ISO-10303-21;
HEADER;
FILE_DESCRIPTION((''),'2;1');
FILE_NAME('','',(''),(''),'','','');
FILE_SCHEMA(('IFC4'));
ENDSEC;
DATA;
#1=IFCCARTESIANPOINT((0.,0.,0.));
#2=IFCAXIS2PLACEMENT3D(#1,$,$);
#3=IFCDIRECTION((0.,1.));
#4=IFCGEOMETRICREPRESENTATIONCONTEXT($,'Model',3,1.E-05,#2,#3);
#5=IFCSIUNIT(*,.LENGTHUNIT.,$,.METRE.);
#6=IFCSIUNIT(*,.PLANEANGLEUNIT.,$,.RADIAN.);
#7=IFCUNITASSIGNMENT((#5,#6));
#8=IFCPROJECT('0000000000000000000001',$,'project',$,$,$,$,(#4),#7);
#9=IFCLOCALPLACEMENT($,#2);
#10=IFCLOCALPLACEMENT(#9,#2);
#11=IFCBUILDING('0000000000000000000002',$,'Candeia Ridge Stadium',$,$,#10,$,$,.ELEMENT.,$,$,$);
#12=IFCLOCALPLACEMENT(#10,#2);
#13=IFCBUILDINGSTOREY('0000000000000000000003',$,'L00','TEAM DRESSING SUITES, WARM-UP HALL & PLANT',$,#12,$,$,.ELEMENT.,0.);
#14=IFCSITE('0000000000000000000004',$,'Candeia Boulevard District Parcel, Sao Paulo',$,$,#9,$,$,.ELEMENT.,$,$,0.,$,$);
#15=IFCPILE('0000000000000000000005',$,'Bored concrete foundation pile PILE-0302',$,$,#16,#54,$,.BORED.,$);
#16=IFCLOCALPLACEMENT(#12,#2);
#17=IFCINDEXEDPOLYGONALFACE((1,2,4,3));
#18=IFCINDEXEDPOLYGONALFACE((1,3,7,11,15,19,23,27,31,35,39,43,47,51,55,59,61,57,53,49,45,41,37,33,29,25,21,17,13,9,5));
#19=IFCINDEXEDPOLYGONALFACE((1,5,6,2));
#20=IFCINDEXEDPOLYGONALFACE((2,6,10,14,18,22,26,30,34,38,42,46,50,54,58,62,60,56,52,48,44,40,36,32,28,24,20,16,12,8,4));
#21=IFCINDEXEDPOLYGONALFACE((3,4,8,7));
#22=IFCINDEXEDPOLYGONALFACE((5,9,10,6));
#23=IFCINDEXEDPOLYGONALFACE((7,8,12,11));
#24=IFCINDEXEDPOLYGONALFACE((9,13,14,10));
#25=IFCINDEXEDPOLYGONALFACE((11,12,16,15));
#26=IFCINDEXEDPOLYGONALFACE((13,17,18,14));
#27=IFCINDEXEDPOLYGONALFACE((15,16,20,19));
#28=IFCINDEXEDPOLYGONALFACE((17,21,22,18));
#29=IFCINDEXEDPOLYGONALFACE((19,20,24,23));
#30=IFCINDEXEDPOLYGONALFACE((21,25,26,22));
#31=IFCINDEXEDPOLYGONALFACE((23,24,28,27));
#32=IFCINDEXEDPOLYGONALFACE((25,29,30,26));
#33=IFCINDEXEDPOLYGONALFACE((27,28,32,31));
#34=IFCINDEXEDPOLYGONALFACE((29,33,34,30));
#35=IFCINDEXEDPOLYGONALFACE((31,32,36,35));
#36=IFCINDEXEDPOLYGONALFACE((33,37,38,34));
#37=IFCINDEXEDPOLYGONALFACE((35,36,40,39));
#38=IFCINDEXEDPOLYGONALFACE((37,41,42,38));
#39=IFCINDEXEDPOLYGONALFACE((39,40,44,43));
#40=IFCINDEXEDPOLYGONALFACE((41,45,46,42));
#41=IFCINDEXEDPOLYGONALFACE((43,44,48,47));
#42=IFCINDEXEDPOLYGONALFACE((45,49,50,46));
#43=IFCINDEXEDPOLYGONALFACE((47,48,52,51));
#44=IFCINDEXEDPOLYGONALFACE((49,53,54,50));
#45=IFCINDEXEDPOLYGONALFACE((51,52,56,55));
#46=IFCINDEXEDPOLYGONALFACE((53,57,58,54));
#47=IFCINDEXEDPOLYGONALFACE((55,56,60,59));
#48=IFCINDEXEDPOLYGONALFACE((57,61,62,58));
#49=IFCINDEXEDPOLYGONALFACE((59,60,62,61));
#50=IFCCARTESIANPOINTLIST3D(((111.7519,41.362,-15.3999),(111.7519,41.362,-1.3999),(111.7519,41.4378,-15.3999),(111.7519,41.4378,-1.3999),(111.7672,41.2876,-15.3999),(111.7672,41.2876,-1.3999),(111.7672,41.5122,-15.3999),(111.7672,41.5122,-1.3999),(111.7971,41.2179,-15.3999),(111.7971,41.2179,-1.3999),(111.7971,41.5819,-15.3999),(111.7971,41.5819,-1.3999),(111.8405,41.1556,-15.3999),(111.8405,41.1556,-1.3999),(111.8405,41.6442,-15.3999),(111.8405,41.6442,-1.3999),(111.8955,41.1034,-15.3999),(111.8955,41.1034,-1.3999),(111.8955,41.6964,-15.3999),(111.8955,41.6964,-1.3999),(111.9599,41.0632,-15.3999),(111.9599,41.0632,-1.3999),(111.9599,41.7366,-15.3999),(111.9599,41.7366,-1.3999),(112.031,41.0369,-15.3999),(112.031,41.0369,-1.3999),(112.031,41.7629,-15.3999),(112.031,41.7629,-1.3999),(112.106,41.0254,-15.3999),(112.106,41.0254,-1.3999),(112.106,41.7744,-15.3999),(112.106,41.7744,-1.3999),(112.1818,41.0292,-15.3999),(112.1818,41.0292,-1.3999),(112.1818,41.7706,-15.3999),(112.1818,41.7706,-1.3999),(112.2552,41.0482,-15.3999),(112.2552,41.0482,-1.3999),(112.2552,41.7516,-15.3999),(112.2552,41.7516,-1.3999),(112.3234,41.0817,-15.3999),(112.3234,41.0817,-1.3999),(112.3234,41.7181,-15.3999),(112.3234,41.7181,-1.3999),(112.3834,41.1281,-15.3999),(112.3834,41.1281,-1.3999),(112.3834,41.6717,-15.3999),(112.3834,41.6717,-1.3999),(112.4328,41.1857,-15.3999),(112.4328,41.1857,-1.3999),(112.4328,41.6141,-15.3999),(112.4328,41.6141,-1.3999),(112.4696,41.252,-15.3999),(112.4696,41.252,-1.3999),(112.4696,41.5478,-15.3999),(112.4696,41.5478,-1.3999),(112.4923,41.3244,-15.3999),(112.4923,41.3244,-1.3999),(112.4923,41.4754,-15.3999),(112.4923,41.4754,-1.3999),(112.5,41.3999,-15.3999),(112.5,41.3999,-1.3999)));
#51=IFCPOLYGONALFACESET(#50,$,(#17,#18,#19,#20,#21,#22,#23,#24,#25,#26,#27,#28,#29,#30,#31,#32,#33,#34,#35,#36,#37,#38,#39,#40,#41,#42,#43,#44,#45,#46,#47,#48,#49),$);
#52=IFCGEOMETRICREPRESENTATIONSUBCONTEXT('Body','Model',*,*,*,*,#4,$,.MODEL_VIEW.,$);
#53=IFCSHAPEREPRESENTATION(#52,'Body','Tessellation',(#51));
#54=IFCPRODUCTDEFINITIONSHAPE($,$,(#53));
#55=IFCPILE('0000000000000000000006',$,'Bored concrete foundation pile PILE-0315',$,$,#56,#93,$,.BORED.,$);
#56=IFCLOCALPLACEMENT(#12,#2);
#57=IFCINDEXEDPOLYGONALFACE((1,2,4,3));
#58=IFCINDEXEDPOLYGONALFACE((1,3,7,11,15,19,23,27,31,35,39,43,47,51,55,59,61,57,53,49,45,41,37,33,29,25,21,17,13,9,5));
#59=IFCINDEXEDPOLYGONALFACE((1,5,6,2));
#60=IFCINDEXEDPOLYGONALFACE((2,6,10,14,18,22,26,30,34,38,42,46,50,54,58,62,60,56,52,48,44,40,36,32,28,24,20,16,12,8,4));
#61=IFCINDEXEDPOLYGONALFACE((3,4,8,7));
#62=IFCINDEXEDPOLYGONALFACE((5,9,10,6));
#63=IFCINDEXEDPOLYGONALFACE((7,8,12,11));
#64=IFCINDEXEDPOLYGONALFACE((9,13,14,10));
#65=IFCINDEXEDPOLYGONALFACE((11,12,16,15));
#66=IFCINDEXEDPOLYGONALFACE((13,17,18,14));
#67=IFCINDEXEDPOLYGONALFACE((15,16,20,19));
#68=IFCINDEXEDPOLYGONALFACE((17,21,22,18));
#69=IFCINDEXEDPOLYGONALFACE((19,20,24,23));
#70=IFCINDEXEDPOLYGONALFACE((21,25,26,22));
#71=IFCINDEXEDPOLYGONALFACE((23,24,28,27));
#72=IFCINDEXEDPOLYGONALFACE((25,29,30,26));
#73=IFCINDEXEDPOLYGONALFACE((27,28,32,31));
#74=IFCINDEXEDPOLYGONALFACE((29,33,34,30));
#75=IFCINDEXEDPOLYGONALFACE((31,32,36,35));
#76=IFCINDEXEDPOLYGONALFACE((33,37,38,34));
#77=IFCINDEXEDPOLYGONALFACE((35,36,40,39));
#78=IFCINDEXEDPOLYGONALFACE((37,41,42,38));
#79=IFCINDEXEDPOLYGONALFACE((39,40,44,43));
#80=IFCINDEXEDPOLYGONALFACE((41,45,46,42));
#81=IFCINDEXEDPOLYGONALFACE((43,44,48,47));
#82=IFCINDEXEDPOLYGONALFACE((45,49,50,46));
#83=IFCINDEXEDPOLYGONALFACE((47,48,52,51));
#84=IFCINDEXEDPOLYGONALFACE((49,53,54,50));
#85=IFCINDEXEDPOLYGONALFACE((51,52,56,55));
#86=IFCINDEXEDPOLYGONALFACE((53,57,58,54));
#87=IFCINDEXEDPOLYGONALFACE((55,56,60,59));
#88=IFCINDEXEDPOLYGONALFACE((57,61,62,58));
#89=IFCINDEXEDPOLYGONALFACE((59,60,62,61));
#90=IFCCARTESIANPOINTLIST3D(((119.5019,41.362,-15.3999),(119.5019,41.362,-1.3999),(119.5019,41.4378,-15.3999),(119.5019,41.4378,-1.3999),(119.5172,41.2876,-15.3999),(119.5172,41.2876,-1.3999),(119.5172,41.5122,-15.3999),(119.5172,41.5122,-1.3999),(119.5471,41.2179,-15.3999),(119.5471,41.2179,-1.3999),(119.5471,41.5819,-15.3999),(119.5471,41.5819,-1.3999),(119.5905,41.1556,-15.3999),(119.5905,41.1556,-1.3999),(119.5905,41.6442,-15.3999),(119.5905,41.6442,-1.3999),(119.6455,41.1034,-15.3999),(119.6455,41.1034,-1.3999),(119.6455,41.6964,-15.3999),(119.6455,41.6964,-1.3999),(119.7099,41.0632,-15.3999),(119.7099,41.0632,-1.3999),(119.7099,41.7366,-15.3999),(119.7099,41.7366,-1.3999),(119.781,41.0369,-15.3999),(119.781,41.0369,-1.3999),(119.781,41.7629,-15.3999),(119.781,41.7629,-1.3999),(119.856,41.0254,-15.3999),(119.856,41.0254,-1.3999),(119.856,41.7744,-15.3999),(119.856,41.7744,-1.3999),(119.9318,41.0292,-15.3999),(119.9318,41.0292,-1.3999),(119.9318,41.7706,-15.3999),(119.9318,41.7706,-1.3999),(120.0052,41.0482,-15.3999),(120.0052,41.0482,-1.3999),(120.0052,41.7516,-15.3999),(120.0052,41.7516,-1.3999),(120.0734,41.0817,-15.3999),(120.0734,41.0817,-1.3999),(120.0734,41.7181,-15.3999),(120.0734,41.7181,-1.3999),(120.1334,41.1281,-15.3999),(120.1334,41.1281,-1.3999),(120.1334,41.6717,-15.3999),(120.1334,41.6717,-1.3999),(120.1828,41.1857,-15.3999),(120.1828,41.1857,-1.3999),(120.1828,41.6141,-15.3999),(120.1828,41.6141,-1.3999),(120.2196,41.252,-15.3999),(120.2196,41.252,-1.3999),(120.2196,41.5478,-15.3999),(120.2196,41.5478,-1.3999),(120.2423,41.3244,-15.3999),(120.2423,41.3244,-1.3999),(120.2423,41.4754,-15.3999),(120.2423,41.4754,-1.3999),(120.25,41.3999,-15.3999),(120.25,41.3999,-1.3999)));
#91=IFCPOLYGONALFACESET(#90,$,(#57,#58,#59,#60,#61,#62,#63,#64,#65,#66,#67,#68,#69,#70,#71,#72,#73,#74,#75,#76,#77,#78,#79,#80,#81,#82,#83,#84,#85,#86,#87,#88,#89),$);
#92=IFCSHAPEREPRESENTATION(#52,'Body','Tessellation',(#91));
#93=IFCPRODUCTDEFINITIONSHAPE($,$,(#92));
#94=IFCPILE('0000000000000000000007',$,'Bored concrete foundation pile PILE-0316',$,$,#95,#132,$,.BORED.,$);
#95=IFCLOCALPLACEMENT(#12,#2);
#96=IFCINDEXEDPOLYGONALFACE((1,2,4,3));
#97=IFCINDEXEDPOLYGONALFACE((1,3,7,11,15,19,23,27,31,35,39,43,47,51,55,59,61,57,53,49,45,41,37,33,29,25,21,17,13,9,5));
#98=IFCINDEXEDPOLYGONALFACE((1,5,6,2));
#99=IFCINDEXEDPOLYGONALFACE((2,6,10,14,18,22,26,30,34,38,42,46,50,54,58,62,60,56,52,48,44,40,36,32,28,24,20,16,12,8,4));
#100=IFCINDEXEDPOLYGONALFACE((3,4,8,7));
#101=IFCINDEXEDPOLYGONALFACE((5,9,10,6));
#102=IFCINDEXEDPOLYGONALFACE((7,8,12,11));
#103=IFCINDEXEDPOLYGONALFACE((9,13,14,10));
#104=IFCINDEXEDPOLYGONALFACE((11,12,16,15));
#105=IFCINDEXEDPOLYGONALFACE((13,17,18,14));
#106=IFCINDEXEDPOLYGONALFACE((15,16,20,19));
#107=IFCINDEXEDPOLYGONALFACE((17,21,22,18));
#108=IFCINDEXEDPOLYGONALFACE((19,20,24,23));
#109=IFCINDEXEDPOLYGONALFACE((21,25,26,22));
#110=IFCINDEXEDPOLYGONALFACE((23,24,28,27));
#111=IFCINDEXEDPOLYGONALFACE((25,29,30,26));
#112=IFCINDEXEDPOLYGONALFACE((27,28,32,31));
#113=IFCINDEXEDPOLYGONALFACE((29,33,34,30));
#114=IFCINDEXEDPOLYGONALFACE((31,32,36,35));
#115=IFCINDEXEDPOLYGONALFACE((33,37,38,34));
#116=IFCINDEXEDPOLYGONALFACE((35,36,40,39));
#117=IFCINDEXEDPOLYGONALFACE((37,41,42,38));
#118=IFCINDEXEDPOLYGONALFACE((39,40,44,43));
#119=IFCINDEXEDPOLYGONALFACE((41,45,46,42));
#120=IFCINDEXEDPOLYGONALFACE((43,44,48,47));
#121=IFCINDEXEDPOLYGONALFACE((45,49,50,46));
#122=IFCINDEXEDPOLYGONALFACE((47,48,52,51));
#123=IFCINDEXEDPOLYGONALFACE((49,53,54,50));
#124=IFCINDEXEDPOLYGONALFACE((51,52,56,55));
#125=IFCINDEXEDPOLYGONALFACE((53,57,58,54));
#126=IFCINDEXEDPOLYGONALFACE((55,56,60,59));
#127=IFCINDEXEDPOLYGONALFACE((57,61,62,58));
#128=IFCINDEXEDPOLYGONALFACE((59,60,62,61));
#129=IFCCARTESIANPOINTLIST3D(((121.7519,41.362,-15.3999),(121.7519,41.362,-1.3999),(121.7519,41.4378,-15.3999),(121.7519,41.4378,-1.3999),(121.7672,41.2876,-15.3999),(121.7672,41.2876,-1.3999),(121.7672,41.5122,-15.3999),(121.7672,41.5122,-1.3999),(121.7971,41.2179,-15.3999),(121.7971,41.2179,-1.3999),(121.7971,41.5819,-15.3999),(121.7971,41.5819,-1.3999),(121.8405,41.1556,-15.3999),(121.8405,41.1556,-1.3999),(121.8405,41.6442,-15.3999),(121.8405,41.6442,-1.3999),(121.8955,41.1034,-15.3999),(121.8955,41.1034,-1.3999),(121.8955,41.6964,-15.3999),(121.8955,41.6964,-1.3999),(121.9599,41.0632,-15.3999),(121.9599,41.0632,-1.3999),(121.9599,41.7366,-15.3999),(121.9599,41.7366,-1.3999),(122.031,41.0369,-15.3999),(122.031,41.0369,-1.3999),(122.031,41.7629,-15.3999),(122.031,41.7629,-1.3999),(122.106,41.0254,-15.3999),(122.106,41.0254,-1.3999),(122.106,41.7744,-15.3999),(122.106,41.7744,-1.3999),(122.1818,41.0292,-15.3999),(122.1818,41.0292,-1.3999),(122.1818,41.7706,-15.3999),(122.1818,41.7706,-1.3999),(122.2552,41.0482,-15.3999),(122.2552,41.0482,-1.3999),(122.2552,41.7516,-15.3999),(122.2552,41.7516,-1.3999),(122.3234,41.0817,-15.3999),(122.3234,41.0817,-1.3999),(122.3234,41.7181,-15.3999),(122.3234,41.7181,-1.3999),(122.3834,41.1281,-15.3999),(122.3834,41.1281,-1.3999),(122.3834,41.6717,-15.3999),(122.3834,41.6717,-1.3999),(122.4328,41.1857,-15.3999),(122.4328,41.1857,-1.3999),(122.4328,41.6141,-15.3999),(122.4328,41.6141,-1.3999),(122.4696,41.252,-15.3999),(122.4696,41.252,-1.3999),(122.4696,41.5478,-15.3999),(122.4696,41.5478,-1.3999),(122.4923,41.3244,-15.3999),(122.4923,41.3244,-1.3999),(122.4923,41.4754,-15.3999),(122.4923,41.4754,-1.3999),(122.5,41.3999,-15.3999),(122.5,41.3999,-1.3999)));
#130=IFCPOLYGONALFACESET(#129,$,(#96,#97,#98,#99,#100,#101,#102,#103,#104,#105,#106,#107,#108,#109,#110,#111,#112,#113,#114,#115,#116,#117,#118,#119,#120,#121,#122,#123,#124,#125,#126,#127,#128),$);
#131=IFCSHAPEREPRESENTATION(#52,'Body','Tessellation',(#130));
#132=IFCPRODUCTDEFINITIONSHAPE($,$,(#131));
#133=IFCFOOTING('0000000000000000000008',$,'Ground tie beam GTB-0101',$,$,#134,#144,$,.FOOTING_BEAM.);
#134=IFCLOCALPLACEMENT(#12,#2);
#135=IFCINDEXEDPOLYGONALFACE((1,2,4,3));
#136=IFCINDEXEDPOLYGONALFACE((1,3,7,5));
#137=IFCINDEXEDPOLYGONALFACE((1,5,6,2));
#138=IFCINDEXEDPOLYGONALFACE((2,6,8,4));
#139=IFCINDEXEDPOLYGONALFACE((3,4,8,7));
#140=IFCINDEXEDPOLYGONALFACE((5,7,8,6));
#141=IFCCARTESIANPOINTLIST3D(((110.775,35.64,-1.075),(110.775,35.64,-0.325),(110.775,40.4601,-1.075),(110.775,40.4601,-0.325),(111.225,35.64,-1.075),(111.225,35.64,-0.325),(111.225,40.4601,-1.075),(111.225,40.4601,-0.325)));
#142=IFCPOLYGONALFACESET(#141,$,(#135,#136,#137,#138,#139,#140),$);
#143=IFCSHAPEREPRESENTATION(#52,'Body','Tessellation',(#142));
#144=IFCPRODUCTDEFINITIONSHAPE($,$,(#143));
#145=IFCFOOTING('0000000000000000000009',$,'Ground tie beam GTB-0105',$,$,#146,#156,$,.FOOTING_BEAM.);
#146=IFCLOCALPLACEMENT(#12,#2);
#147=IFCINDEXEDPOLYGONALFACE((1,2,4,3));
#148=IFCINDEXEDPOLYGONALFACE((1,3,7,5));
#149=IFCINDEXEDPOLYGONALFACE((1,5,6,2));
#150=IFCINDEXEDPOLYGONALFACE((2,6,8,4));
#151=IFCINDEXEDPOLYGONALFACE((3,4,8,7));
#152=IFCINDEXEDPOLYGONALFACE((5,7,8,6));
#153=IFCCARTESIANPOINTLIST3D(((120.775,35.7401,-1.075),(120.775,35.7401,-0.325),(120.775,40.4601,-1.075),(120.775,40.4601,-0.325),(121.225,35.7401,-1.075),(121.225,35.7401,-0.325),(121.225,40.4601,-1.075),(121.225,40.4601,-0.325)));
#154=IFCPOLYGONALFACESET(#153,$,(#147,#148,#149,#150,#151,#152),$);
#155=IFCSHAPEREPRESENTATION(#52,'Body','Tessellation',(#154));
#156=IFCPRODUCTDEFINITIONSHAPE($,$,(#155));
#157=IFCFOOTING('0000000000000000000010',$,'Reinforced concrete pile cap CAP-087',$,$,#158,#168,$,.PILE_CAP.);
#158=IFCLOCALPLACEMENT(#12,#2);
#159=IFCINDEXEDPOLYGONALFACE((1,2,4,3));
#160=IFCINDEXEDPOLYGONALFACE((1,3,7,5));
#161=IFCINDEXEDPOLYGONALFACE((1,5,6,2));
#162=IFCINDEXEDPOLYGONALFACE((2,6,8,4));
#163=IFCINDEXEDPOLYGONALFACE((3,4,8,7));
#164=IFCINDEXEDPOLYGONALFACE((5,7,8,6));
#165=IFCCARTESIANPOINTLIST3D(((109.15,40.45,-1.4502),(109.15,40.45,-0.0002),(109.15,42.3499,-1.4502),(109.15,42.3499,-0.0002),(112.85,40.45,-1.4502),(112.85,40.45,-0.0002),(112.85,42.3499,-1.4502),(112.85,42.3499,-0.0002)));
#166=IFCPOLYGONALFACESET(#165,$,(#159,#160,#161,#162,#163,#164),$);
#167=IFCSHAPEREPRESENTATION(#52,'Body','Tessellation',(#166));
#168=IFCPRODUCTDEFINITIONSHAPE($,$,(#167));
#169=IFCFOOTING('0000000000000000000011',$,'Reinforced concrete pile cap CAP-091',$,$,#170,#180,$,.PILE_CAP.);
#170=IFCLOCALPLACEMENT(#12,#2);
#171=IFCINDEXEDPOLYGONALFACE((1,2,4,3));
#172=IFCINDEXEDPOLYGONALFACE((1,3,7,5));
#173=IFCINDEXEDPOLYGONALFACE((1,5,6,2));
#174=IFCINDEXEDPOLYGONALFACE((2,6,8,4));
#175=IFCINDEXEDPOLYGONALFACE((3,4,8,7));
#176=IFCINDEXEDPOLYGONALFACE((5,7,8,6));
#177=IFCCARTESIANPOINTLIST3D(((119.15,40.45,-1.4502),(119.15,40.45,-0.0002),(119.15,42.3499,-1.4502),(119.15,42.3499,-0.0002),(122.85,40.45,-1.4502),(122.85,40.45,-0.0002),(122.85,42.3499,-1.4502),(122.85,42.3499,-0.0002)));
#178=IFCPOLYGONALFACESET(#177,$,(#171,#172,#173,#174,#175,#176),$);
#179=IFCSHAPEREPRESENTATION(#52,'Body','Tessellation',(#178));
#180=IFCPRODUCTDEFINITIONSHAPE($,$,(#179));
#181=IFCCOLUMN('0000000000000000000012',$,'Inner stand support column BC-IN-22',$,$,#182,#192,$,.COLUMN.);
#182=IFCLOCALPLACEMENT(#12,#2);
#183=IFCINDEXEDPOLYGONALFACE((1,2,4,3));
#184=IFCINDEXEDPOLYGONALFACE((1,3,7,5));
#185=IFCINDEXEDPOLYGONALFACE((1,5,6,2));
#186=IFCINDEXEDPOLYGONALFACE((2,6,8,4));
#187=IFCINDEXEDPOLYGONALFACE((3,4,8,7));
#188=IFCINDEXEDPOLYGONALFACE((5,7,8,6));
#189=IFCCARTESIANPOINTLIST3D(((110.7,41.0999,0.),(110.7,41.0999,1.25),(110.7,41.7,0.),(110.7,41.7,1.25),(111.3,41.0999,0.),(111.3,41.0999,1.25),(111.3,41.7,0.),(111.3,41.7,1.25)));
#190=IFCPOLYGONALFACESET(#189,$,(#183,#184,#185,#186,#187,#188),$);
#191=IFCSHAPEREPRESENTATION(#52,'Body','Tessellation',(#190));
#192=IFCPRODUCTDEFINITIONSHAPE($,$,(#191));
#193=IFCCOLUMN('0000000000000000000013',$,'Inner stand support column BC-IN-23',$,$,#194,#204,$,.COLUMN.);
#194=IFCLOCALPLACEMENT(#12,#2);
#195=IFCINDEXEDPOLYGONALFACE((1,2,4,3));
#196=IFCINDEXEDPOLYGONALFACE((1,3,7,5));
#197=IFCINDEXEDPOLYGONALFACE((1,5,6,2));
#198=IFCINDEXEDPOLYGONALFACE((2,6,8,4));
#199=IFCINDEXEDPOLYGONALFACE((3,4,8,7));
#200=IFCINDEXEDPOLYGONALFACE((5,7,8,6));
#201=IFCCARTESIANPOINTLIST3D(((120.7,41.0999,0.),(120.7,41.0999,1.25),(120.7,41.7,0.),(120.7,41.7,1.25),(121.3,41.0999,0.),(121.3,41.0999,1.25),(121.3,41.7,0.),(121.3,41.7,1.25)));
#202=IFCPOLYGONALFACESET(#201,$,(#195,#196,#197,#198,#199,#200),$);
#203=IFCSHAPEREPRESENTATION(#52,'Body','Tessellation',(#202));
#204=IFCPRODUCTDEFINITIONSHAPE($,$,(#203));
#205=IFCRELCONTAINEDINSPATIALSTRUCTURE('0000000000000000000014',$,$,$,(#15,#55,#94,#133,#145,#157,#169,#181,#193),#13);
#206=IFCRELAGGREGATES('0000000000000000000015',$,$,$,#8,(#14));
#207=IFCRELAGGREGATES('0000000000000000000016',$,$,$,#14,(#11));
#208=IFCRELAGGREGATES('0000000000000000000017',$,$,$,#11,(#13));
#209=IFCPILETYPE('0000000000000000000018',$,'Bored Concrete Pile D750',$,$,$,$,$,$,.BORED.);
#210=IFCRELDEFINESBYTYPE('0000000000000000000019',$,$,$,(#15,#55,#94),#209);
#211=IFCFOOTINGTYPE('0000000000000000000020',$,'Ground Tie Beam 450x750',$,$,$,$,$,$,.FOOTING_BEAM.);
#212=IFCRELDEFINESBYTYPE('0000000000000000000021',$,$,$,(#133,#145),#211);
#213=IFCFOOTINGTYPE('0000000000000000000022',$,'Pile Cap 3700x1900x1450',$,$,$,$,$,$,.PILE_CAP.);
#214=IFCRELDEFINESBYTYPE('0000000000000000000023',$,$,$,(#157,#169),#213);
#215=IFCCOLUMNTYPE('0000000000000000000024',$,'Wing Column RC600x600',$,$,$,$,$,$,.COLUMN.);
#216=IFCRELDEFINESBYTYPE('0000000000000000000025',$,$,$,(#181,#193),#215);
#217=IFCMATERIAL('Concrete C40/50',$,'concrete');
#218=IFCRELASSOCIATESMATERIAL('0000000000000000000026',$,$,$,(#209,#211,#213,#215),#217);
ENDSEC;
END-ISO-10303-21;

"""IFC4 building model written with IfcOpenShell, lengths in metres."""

from ifc_helpers import new_model, si_unit, direction, frame, origin, origin_2d, place, context, subcontext, project, spatial, rectangle, circle, extrude, material, material_profile, profile_set, type_object, element, save


model = new_model("IFC4")

# Units and contexts
model_context = context("Model", 3, precision=1e-05, world=origin(), true_north=direction((0.0, 1.0)))
body_context = subcontext(model_context, "Body", "Model", "MODEL_VIEW")
ifc_project = project(units=[si_unit("LENGTHUNIT", "METRE"), si_unit("PLANEANGLEUNIT", "RADIAN")], contexts=[model_context])

# Site, building, storey
site_placement = place(None, origin())
site = spatial("IfcSite", under=ifc_project, at=site_placement, Name="Candeia Boulevard District Parcel, Sao Paulo", CompositionType="ELEMENT", RefElevation=0.0)
building_placement = place(site_placement, origin())
building = spatial("IfcBuilding", under=site, at=building_placement, Name="Candeia Ridge Stadium", CompositionType="ELEMENT")
storey_placement = place(building_placement, origin())
storey = spatial("IfcBuildingStorey", under=building, at=storey_placement, Name="L00", Description="TEAM DRESSING SUITES, WARM-UP HALL & PLANT", CompositionType="ELEMENT", Elevation=0.0)

# Piles
ifc_material_1 = material(Name="Concrete C40/50", Category="concrete")
ifc_material_profile_1 = material_profile(ifc_material_1, circle(Radius=0.375, at=origin_2d()), Name="PILE-D750", Category="concrete")
ifc_profile_set_1 = profile_set([ifc_material_profile_1], Name="Concrete C40/50")
pile_type = type_object("IfcPileType", Name="Bored Concrete Pile D750", PredefinedType="BORED", material=ifc_profile_set_1)
for number, where, z_axis, x_axis, name in (
    (1, (112.125, 41.3999, -1.3999), (0.0, 0.0, -1.0), (1.0, 0.0, 0.0), "Bored concrete foundation pile PILE-0302"),
    (2, (119.875, 41.3999, -1.3999), (0.0, 0.0, -1.0), (1.0, 0.0, 0.0), "Bored concrete foundation pile PILE-0315"),
    (3, (122.125, 41.3999, -1.3999), (0.0, 0.0, -1.0), (1.0, 0.0, 0.0), "Bored concrete foundation pile PILE-0316"),
):
    element("IfcPile", number, at=place(storey_placement, frame(where, z_axis=z_axis, x_axis=x_axis)), inside=storey, type_object=pile_type, Name=name, PredefinedType="BORED", context=body_context, shape_type="SweptSolid", body=[
        extrude(circle(Radius=0.375, at=origin_2d()), origin(), (0.0, 0.0, 1.0), 14.0),
    ])

# Footings
footing_type_1 = type_object("IfcFootingType", Name="Ground Tie Beam 450x750", PredefinedType="FOOTING_BEAM", material=ifc_material_1)
footing_1_placement = place(storey_placement, frame((111.0, 38.05, -1.075), z_axis=(0.0, 0.0, 1.0), x_axis=(0.0, -1.0, 0.0)))
element("IfcFooting", 4, at=footing_1_placement, inside=storey, type_object=footing_type_1, Name="Ground tie beam GTB-0101", PredefinedType="FOOTING_BEAM", context=body_context, shape_type="SweptSolid", body=[
    extrude(rectangle(XDim=4.8201, YDim=0.45, at=origin_2d()), origin(), (0.0, 0.0, 1.0), 0.75),
])
footing_2_placement = place(storey_placement, frame((121.0, 38.1001, -1.075), z_axis=(0.0, 0.0, 1.0), x_axis=(0.0, -1.0, 0.0)))
element("IfcFooting", 5, at=footing_2_placement, inside=storey, type_object=footing_type_1, Name="Ground tie beam GTB-0105", PredefinedType="FOOTING_BEAM", context=body_context, shape_type="SweptSolid", body=[
    extrude(rectangle(XDim=4.72, YDim=0.45, at=origin_2d()), origin(), (0.0, 0.0, 1.0), 0.75),
])
footing_type_2 = type_object("IfcFootingType", Name="Pile Cap 3700x1900x1450", PredefinedType="PILE_CAP", material=ifc_material_1)
for number, where, z_axis, x_axis, name in (
    (6, (111.0, 41.3999, -1.4502), (0.0, 0.0, 1.0), (1.0, 0.0, 0.0), "Reinforced concrete pile cap CAP-087"),
    (7, (121.0, 41.3999, -1.4502), (0.0, 0.0, 1.0), (1.0, 0.0, 0.0), "Reinforced concrete pile cap CAP-091"),
):
    element("IfcFooting", number, at=place(storey_placement, frame(where, z_axis=z_axis, x_axis=x_axis)), inside=storey, type_object=footing_type_2, Name=name, PredefinedType="PILE_CAP", context=body_context, shape_type="SweptSolid", body=[
        extrude(rectangle(XDim=3.7, YDim=1.8999, at=origin_2d()), origin(), (0.0, 0.0, 1.0), 1.45),
    ])

# Columns
ifc_material_profile_2 = material_profile(ifc_material_1, rectangle(XDim=0.6001, YDim=0.6001, at=origin_2d()), Name="RC600x600", Category="concrete")
ifc_profile_set_2 = profile_set([ifc_material_profile_2], Name="Concrete C40/50")
column_type = type_object("IfcColumnType", Name="Wing Column RC600x600", PredefinedType="COLUMN", material=ifc_profile_set_2)
for number, where, z_axis, x_axis, name in (
    (8, (111.0, 41.3999, 0.0), (0.0, 0.0, 1.0), (1.0, 0.0, 0.0), "Inner stand support column BC-IN-22"),
    (9, (121.0, 41.3999, 0.0), (0.0, 0.0, 1.0), (1.0, 0.0, 0.0), "Inner stand support column BC-IN-23"),
):
    element("IfcColumn", number, at=place(storey_placement, frame(where, z_axis=z_axis, x_axis=x_axis)), inside=storey, type_object=column_type, Name=name, PredefinedType="COLUMN", context=body_context, shape_type="SweptSolid", body=[
        extrude(rectangle(XDim=0.6001, YDim=0.6001, at=origin_2d()), origin(), (0.0, 0.0, 1.0), 1.25),
    ])

save(model, "model.ifc")
